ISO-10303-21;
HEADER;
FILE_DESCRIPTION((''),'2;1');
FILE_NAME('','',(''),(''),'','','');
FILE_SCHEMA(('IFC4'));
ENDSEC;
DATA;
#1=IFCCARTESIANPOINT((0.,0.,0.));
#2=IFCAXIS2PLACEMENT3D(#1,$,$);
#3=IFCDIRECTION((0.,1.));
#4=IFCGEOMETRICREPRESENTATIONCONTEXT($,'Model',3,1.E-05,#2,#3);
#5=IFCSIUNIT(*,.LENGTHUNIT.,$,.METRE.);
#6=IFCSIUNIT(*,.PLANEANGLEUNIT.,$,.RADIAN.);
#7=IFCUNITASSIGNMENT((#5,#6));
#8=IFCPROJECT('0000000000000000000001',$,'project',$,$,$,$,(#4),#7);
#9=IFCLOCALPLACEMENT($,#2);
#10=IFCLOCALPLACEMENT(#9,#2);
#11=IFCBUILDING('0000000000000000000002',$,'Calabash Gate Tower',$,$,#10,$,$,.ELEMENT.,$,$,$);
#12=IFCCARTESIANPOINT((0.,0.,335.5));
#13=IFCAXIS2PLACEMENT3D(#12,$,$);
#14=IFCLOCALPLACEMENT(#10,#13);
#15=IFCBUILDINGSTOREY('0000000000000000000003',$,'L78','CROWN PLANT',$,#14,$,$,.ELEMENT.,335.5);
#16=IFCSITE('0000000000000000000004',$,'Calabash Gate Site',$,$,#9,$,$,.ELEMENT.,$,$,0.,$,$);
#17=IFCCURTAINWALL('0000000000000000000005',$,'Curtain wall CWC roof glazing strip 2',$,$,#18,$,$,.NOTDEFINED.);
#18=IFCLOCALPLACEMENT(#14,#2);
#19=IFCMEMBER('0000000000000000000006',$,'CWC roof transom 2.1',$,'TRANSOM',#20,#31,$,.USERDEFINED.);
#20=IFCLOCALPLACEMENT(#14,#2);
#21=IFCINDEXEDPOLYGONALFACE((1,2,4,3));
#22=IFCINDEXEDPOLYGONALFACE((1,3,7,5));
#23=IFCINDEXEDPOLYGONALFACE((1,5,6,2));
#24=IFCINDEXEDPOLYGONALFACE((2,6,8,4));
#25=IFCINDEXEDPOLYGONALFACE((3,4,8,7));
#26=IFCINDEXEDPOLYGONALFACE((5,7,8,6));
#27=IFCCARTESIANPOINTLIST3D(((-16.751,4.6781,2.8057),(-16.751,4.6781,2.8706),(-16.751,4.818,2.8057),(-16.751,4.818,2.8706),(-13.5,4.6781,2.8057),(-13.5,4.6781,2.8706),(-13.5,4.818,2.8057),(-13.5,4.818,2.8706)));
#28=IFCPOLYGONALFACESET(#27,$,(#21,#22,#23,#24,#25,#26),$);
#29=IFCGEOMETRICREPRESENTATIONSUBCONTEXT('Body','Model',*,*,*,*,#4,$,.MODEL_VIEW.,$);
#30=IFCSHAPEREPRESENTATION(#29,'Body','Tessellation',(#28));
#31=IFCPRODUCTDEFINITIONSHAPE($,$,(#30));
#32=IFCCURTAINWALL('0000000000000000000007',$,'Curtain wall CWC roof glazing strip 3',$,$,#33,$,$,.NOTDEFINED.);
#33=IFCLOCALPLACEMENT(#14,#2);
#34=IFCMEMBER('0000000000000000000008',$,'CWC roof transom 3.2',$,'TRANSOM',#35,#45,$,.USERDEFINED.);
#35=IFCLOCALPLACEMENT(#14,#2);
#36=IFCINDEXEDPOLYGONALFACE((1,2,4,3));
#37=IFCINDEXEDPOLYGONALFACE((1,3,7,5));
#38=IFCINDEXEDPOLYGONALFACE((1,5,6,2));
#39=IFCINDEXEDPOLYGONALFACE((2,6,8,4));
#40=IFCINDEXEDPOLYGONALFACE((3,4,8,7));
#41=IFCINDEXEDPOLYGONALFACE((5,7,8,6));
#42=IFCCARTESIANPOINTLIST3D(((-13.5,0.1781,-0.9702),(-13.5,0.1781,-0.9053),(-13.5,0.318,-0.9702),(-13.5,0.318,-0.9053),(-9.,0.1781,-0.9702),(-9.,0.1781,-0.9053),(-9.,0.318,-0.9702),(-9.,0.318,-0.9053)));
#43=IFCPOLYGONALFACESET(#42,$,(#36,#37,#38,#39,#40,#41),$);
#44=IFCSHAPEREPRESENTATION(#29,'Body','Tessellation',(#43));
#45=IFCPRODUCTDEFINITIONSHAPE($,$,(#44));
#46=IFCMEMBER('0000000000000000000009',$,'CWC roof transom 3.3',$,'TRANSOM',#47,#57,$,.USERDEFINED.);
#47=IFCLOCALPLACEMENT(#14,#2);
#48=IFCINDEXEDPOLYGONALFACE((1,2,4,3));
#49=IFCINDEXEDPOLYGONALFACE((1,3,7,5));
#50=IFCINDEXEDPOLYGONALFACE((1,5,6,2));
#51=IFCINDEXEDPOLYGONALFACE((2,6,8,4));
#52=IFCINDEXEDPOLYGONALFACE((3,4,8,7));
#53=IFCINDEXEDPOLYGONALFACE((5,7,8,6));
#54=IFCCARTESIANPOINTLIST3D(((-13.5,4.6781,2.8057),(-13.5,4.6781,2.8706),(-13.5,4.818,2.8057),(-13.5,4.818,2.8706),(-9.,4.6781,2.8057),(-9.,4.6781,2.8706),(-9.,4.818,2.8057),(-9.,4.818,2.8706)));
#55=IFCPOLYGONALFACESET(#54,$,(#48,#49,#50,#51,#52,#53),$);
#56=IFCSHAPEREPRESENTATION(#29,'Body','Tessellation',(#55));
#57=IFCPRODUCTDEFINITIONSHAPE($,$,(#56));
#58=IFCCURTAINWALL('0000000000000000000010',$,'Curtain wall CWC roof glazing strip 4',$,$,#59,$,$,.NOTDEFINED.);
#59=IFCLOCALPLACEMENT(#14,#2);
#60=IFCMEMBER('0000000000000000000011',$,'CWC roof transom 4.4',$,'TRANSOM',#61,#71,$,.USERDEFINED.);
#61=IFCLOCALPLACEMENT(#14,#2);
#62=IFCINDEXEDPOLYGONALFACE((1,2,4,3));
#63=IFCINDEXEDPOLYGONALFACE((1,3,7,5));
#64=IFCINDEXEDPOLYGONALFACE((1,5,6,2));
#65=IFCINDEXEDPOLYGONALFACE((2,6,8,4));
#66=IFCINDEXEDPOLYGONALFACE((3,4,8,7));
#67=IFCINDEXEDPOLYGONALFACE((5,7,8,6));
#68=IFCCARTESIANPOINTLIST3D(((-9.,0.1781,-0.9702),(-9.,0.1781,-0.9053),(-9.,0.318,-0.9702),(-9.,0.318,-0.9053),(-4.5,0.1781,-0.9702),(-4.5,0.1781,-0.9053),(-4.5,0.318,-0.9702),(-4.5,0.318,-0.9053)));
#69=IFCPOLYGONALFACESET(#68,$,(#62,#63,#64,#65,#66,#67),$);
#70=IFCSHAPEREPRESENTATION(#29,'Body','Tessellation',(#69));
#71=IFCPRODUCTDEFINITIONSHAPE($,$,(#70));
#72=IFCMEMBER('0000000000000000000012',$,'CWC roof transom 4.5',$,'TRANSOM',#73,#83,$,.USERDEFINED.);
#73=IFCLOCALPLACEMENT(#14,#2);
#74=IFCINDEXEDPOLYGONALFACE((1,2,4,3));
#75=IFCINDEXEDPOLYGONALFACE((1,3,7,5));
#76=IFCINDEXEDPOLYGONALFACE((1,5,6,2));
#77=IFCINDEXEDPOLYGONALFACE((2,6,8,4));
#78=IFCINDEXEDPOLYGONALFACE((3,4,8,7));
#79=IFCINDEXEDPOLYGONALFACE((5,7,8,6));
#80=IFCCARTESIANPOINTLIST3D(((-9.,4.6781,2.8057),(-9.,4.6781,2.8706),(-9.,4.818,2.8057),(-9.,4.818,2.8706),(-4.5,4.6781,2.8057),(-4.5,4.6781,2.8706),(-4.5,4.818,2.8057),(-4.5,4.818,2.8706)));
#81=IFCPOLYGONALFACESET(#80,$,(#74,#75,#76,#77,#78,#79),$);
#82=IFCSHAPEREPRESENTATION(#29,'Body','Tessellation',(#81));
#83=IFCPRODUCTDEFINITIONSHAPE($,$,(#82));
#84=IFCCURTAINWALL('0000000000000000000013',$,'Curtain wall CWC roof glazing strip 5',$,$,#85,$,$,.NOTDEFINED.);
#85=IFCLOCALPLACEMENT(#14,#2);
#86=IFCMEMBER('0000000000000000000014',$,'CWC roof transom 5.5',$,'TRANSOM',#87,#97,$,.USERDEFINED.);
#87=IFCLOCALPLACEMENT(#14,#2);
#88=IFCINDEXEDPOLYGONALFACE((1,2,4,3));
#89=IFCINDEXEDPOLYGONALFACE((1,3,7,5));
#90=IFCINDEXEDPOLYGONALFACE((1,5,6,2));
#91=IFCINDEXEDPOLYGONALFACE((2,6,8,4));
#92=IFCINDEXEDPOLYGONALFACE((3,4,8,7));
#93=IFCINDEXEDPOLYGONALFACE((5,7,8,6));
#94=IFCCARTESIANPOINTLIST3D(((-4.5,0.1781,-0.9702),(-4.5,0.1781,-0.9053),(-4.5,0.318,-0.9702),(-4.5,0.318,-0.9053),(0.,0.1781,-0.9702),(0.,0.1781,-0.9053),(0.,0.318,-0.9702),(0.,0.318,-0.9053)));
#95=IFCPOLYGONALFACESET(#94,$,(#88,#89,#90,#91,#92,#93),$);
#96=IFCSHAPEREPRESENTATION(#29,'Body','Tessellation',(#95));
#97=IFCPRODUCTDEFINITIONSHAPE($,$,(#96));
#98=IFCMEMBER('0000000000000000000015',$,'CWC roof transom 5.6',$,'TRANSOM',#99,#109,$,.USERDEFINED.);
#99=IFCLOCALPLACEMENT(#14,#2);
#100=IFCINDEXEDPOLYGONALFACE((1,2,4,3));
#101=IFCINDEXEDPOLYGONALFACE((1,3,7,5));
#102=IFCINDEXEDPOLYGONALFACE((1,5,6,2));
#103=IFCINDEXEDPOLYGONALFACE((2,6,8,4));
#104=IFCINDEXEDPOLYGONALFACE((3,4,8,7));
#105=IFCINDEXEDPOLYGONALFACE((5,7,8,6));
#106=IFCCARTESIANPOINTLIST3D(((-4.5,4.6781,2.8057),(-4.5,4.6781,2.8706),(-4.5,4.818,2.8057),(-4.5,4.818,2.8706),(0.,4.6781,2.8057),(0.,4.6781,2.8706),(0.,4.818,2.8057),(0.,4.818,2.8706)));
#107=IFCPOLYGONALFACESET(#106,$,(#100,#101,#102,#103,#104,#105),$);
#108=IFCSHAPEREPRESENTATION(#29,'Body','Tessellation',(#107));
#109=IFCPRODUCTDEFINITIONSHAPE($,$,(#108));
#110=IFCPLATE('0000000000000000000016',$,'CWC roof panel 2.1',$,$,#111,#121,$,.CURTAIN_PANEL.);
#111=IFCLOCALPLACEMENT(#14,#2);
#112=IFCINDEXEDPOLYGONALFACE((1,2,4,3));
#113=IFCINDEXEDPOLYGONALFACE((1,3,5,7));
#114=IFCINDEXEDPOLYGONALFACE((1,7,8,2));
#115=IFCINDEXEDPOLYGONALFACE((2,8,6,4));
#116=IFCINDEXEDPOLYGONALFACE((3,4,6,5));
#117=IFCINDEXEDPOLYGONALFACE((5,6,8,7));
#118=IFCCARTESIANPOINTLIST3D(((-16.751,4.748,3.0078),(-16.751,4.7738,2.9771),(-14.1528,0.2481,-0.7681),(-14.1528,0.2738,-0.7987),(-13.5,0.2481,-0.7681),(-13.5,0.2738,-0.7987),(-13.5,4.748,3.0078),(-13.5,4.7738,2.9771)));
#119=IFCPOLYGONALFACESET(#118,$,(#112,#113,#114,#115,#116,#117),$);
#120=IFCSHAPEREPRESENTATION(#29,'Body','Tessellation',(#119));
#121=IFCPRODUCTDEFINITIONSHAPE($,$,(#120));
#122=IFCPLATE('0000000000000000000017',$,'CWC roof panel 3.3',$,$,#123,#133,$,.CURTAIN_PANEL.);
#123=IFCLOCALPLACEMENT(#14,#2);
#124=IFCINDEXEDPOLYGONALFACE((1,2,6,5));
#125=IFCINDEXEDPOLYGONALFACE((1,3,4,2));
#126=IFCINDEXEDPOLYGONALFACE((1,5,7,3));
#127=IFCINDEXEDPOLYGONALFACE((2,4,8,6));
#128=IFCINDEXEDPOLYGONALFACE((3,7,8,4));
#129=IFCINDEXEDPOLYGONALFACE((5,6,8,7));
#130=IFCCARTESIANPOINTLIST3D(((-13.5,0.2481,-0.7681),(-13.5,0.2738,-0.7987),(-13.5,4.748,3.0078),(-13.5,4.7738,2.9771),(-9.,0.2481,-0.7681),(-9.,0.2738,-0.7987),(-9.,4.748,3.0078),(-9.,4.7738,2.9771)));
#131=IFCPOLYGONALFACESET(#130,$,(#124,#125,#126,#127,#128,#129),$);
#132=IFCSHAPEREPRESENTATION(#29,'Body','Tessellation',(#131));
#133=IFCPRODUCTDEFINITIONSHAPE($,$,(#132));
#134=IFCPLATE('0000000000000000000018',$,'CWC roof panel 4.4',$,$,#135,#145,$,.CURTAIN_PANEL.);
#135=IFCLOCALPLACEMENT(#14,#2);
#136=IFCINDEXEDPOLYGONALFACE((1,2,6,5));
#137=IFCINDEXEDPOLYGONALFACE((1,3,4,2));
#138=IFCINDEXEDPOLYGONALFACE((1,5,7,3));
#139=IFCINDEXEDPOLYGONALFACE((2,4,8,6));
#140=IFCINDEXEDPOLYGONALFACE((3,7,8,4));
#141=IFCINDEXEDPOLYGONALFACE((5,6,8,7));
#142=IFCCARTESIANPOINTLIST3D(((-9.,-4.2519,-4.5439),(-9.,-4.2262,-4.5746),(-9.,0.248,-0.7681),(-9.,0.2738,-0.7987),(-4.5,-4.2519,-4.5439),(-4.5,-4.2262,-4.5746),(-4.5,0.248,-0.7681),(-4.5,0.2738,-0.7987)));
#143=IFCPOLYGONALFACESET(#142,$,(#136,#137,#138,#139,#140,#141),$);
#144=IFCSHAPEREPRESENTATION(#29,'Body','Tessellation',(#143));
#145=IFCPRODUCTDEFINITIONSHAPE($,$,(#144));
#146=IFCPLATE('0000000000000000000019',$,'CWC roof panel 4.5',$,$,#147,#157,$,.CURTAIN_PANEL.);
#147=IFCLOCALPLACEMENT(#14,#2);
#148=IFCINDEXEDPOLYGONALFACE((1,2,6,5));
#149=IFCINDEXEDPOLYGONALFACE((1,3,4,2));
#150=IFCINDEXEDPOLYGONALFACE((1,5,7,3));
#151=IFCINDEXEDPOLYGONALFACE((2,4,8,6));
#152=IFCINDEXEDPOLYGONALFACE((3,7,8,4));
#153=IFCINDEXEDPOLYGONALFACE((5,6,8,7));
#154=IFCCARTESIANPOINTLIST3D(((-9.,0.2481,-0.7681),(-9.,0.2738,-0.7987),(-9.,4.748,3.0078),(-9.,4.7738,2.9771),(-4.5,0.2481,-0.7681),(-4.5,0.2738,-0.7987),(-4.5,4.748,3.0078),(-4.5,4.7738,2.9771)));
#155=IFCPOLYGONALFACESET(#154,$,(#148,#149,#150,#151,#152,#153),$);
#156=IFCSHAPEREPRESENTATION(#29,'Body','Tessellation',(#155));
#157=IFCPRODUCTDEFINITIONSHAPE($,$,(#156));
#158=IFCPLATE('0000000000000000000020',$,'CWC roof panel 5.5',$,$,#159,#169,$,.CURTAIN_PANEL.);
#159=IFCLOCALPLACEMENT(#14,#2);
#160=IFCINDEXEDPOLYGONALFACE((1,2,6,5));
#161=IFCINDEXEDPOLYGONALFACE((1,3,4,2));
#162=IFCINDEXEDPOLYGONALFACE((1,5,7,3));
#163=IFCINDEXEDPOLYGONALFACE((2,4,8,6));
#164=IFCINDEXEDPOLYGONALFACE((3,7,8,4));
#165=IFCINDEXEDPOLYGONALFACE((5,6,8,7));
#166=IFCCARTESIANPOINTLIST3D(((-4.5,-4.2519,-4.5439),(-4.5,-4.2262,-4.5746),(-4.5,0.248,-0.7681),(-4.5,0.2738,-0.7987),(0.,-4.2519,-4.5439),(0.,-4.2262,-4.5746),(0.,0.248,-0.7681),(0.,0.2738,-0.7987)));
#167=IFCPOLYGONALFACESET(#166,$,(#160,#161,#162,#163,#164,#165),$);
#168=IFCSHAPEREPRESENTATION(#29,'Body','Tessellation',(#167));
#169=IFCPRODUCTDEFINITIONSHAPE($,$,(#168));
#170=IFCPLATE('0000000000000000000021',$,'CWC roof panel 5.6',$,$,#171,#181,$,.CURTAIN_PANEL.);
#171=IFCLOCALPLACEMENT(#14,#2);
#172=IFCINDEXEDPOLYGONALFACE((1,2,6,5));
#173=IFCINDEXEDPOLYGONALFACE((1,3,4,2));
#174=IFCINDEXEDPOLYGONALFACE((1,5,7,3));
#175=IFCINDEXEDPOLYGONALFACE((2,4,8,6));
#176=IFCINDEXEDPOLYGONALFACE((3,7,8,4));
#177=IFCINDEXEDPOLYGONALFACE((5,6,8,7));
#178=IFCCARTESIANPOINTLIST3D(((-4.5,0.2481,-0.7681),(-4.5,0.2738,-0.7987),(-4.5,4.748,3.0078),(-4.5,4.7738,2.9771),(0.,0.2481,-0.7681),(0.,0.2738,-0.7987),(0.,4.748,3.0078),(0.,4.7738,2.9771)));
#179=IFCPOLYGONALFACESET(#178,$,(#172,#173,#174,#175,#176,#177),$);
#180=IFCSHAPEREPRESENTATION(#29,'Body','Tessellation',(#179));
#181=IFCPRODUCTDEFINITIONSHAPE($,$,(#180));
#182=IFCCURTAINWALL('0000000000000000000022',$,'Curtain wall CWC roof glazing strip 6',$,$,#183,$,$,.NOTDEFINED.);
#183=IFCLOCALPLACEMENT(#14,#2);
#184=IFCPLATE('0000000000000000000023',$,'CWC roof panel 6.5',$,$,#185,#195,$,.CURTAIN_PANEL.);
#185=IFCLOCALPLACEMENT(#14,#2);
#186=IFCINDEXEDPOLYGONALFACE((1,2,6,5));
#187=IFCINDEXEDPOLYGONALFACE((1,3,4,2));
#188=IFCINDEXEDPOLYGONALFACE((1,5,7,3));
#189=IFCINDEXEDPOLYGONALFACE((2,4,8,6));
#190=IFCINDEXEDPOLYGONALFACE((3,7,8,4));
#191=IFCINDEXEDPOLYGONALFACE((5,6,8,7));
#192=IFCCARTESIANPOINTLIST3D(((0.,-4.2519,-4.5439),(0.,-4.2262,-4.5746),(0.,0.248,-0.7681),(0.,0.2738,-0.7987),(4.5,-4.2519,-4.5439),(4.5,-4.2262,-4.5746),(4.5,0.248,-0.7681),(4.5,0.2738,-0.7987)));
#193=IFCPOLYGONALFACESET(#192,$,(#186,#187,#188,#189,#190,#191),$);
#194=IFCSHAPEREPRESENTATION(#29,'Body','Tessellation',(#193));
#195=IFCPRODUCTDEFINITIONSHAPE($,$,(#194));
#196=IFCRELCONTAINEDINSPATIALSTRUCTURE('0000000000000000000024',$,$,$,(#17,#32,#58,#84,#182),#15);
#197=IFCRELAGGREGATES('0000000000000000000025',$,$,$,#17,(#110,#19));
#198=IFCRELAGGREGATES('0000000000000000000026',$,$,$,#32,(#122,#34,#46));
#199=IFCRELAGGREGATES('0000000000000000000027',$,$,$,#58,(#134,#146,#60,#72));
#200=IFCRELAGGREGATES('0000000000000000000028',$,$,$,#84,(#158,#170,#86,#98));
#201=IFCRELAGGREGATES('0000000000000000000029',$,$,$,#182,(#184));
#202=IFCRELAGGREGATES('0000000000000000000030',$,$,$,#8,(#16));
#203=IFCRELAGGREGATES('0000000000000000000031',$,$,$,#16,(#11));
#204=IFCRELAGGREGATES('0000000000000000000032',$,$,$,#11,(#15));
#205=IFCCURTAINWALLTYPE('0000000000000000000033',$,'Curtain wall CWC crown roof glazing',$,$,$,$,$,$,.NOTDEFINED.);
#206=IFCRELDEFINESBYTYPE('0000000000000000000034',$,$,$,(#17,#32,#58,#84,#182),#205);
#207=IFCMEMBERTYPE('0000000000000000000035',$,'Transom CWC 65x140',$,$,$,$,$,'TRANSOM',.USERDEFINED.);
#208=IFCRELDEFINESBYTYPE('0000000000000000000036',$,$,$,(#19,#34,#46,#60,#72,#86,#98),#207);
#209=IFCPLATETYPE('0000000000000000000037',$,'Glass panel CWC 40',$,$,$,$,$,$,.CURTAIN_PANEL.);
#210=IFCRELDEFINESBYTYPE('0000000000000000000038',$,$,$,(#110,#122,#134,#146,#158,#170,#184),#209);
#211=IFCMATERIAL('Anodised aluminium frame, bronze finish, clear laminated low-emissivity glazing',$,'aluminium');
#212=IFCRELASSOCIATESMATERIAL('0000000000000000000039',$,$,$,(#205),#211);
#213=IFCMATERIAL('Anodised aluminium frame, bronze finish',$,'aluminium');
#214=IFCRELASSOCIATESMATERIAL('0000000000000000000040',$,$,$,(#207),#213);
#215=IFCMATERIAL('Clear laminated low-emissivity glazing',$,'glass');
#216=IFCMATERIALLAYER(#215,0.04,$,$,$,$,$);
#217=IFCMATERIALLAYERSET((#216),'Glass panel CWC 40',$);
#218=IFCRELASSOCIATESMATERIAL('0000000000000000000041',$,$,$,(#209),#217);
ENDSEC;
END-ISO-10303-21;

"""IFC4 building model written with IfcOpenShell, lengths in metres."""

from ifc_helpers import new_model, si_unit, direction, frame, origin, origin_2d, place, context, subcontext, project, spatial, polyline, rectangle, outline, extrude, material, layer, layer_set, material_profile, profile_set, type_object, element, aggregate, save


model = new_model("IFC4")

# Units and contexts
model_context = context("Model", 3, precision=1e-05, world=origin(), true_north=direction((0.0, 1.0)))
body_context = subcontext(model_context, "Body", "Model", "MODEL_VIEW")
ifc_project = project(units=[si_unit("LENGTHUNIT", "METRE"), si_unit("PLANEANGLEUNIT", "RADIAN")], contexts=[model_context])

# Site, building, storey
site_placement = place(None, origin())
site = spatial("IfcSite", under=ifc_project, at=site_placement, Name="Calabash Gate Site", CompositionType="ELEMENT", RefElevation=0.0)
building_placement = place(site_placement, origin())
building = spatial("IfcBuilding", under=site, at=building_placement, Name="Calabash Gate Tower", CompositionType="ELEMENT")
storey_placement = place(building_placement, frame((0.0, 0.0, 335.5)))
storey = spatial("IfcBuildingStorey", under=building, at=storey_placement, Name="L78", Description="CROWN PLANT", CompositionType="ELEMENT", Elevation=335.5)

# Curtain wall, member
ifc_material_1 = material(Name="Anodised aluminium frame, bronze finish, clear laminated low-emissivity glazing", Category="aluminium")
curtain_wall_type = type_object("IfcCurtainWallType", Name="Curtain wall CWC crown roof glazing", PredefinedType="NOTDEFINED", material=ifc_material_1)
curtain_wall_1_placement = place(storey_placement, origin())
curtain_wall_1 = element("IfcCurtainWall", 1, at=curtain_wall_1_placement, inside=storey, type_object=curtain_wall_type, Name="Curtain wall CWC roof glazing strip 2", PredefinedType="NOTDEFINED")
ifc_material_2 = material(Name="Anodised aluminium frame, bronze finish", Category="aluminium")
ifc_material_profile = material_profile(ifc_material_2, rectangle(XDim=0.1399, YDim=0.0649, at=origin_2d()))
ifc_profile_set = profile_set([ifc_material_profile], Name="Anodised aluminium frame, bronze finish")
member_type = type_object("IfcMemberType", Name="Transom CWC 65x140", ElementType="TRANSOM", PredefinedType="USERDEFINED", material=ifc_profile_set)
member_1_placement = place(storey_placement, frame((-16.751, 4.748, 2.8381), z_axis=(1.0, 0.0, 0.0), x_axis=(0.0, 1.0, 0.0)))
member_1 = element("IfcMember", 2, at=member_1_placement, type_object=member_type, Name="CWC roof transom 2.1", ObjectType="TRANSOM", PredefinedType="USERDEFINED", context=body_context, shape_type="SweptSolid", body=[
    extrude(rectangle(XDim=0.1399, YDim=0.0649, at=origin_2d()), origin(), (0.0, 0.0, 1.0), 3.251),
])

# Curtain walls, members
curtain_wall_2_placement = place(storey_placement, origin())
curtain_wall_2 = element("IfcCurtainWall", 3, at=curtain_wall_2_placement, inside=storey, type_object=curtain_wall_type, Name="Curtain wall CWC roof glazing strip 3", PredefinedType="NOTDEFINED")
member_2_placement = place(storey_placement, frame((-13.5, 0.248, -0.9377), z_axis=(1.0, 0.0, 0.0), x_axis=(0.0, 1.0, 0.0)))
member_2 = element("IfcMember", 4, at=member_2_placement, type_object=member_type, Name="CWC roof transom 3.2", ObjectType="TRANSOM", PredefinedType="USERDEFINED", context=body_context, shape_type="SweptSolid", body=[
    extrude(rectangle(XDim=0.1399, YDim=0.0649, at=origin_2d()), origin(), (0.0, 0.0, 1.0), 4.5),
])
member_3_placement = place(storey_placement, frame((-13.5, 4.748, 2.8381), z_axis=(1.0, 0.0, 0.0), x_axis=(0.0, 1.0, 0.0)))
member_3 = element("IfcMember", 5, at=member_3_placement, type_object=member_type, Name="CWC roof transom 3.3", ObjectType="TRANSOM", PredefinedType="USERDEFINED", context=body_context, shape_type="SweptSolid", body=[
    extrude(rectangle(XDim=0.1399, YDim=0.0649, at=origin_2d()), origin(), (0.0, 0.0, 1.0), 4.5),
])
curtain_wall_3_placement = place(storey_placement, origin())
curtain_wall_3 = element("IfcCurtainWall", 6, at=curtain_wall_3_placement, inside=storey, type_object=curtain_wall_type, Name="Curtain wall CWC roof glazing strip 4", PredefinedType="NOTDEFINED")
member_4_placement = place(storey_placement, frame((-9.0, 0.248, -0.9377), z_axis=(1.0, 0.0, 0.0), x_axis=(0.0, 1.0, 0.0)))
member_4 = element("IfcMember", 7, at=member_4_placement, type_object=member_type, Name="CWC roof transom 4.4", ObjectType="TRANSOM", PredefinedType="USERDEFINED", context=body_context, shape_type="SweptSolid", body=[
    extrude(rectangle(XDim=0.1399, YDim=0.0649, at=origin_2d()), origin(), (0.0, 0.0, 1.0), 4.5),
])
member_5_placement = place(storey_placement, frame((-9.0, 4.748, 2.8381), z_axis=(1.0, 0.0, 0.0), x_axis=(0.0, 1.0, 0.0)))
member_5 = element("IfcMember", 8, at=member_5_placement, type_object=member_type, Name="CWC roof transom 4.5", ObjectType="TRANSOM", PredefinedType="USERDEFINED", context=body_context, shape_type="SweptSolid", body=[
    extrude(rectangle(XDim=0.1399, YDim=0.0649, at=origin_2d()), origin(), (0.0, 0.0, 1.0), 4.5),
])
curtain_wall_4_placement = place(storey_placement, origin())
curtain_wall_4 = element("IfcCurtainWall", 9, at=curtain_wall_4_placement, inside=storey, type_object=curtain_wall_type, Name="Curtain wall CWC roof glazing strip 5", PredefinedType="NOTDEFINED")
member_6_placement = place(storey_placement, frame((-4.5, 0.248, -0.9377), z_axis=(1.0, 0.0, 0.0), x_axis=(0.0, 1.0, 0.0)))
member_6 = element("IfcMember", 10, at=member_6_placement, type_object=member_type, Name="CWC roof transom 5.5", ObjectType="TRANSOM", PredefinedType="USERDEFINED", context=body_context, shape_type="SweptSolid", body=[
    extrude(rectangle(XDim=0.1399, YDim=0.0649, at=origin_2d()), origin(), (0.0, 0.0, 1.0), 4.5),
])
member_7_placement = place(storey_placement, frame((-4.5, 4.748, 2.8381), z_axis=(1.0, 0.0, 0.0), x_axis=(0.0, 1.0, 0.0)))
member_7 = element("IfcMember", 11, at=member_7_placement, type_object=member_type, Name="CWC roof transom 5.6", ObjectType="TRANSOM", PredefinedType="USERDEFINED", context=body_context, shape_type="SweptSolid", body=[
    extrude(rectangle(XDim=0.1399, YDim=0.0649, at=origin_2d()), origin(), (0.0, 0.0, 1.0), 4.5),
])

# Plates
ifc_material_3 = material(Name="Clear laminated low-emissivity glazing", Category="glass")
ifc_layer_1 = layer(ifc_material_3, 0.04)
ifc_layer_set_1 = layer_set([ifc_layer_1], Name="Glass panel CWC 40")
plate_type = type_object("IfcPlateType", Name="Glass panel CWC 40", PredefinedType="CURTAIN_PANEL", material=ifc_layer_set_1)
plate_1_placement = place(storey_placement, frame((-16.751, 4.748, 3.0078), z_axis=(0.0, -0.642781, 0.76605), x_axis=(1.0, 0.0, 0.0)))
plate_1 = element("IfcPlate", 12, at=plate_1_placement, type_object=plate_type, Name="CWC roof panel 2.1", PredefinedType="CURTAIN_PANEL", context=body_context, shape_type="SweptSolid", body=[
    extrude(outline(polyline([(0.0, 0.0), (3.251, 0.0), (3.251, -5.8743), (2.5981, -5.8743), (0.0, 0.0)])), origin(), (0.0, 0.0, -1.0), 0.04),
])
aggregate(curtain_wall_1, [plate_1, member_1])
plate_2_placement = place(storey_placement, frame((-13.5, 4.748, 3.0078), z_axis=(0.0, -0.642781, 0.76605), x_axis=(1.0, 0.0, 0.0)))
plate_2 = element("IfcPlate", 13, at=plate_2_placement, type_object=plate_type, Name="CWC roof panel 3.3", PredefinedType="CURTAIN_PANEL", context=body_context, shape_type="SweptSolid", body=[
    extrude(outline(polyline([(0.0, 0.0), (4.5, 0.0), (4.5, -5.8743), (0.0, -5.8743), (0.0, 0.0)])), origin(), (0.0, 0.0, -1.0), 0.04),
])
aggregate(curtain_wall_2, [plate_2, member_2, member_3])
plate_3_placement = place(storey_placement, frame((-9.0, 0.248, -0.7681), z_axis=(0.0, -0.642781, 0.76605), x_axis=(1.0, 0.0, 0.0)))
plate_3 = element("IfcPlate", 14, at=plate_3_placement, type_object=plate_type, Name="CWC roof panel 4.4", PredefinedType="CURTAIN_PANEL", context=body_context, shape_type="SweptSolid", body=[
    extrude(outline(polyline([(0.0, 0.0), (4.5, 0.0), (4.5, -5.8743), (0.0, -5.8743), (0.0, 0.0)])), origin(), (0.0, 0.0, -1.0), 0.04),
])
plate_4_placement = place(storey_placement, frame((-9.0, 4.748, 3.0078), z_axis=(0.0, -0.642781, 0.76605), x_axis=(1.0, 0.0, 0.0)))
plate_4 = element("IfcPlate", 15, at=plate_4_placement, type_object=plate_type, Name="CWC roof panel 4.5", PredefinedType="CURTAIN_PANEL", context=body_context, shape_type="SweptSolid", body=[
    extrude(outline(polyline([(0.0, 0.0), (4.5, 0.0), (4.5, -5.8743), (0.0, -5.8743), (0.0, 0.0)])), origin(), (0.0, 0.0, -1.0), 0.04),
])
aggregate(curtain_wall_3, [plate_3, plate_4, member_4, member_5])
plate_5_placement = place(storey_placement, frame((-4.5, 0.248, -0.7681), z_axis=(0.0, -0.642781, 0.76605), x_axis=(1.0, 0.0, 0.0)))
plate_5 = element("IfcPlate", 16, at=plate_5_placement, type_object=plate_type, Name="CWC roof panel 5.5", PredefinedType="CURTAIN_PANEL", context=body_context, shape_type="SweptSolid", body=[
    extrude(outline(polyline([(0.0, 0.0), (4.5, 0.0), (4.5, -5.8743), (0.0, -5.8743), (0.0, 0.0)])), origin(), (0.0, 0.0, -1.0), 0.04),
])
plate_6_placement = place(storey_placement, frame((-4.5, 4.748, 3.0078), z_axis=(0.0, -0.642781, 0.76605), x_axis=(1.0, 0.0, 0.0)))
plate_6 = element("IfcPlate", 17, at=plate_6_placement, type_object=plate_type, Name="CWC roof panel 5.6", PredefinedType="CURTAIN_PANEL", context=body_context, shape_type="SweptSolid", body=[
    extrude(outline(polyline([(0.0, 0.0), (4.5, 0.0), (4.5, -5.8743), (0.0, -5.8743), (0.0, 0.0)])), origin(), (0.0, 0.0, -1.0), 0.04),
])
aggregate(curtain_wall_4, [plate_5, plate_6, member_6, member_7])

# Curtain wall, plate
curtain_wall_5_placement = place(storey_placement, origin())
curtain_wall_5 = element("IfcCurtainWall", 18, at=curtain_wall_5_placement, inside=storey, type_object=curtain_wall_type, Name="Curtain wall CWC roof glazing strip 6", PredefinedType="NOTDEFINED")
plate_7_placement = place(storey_placement, frame((0.0, 0.248, -0.7681), z_axis=(0.0, -0.642781, 0.76605), x_axis=(1.0, 0.0, 0.0)))
plate_7 = element("IfcPlate", 19, at=plate_7_placement, type_object=plate_type, Name="CWC roof panel 6.5", PredefinedType="CURTAIN_PANEL", context=body_context, shape_type="SweptSolid", body=[
    extrude(outline(polyline([(0.0, 0.0), (4.5, 0.0), (4.5, -5.8743), (0.0, -5.8743), (0.0, 0.0)])), origin(), (0.0, 0.0, -1.0), 0.04),
])
aggregate(curtain_wall_5, [plate_7])

save(model, "model.ifc")
